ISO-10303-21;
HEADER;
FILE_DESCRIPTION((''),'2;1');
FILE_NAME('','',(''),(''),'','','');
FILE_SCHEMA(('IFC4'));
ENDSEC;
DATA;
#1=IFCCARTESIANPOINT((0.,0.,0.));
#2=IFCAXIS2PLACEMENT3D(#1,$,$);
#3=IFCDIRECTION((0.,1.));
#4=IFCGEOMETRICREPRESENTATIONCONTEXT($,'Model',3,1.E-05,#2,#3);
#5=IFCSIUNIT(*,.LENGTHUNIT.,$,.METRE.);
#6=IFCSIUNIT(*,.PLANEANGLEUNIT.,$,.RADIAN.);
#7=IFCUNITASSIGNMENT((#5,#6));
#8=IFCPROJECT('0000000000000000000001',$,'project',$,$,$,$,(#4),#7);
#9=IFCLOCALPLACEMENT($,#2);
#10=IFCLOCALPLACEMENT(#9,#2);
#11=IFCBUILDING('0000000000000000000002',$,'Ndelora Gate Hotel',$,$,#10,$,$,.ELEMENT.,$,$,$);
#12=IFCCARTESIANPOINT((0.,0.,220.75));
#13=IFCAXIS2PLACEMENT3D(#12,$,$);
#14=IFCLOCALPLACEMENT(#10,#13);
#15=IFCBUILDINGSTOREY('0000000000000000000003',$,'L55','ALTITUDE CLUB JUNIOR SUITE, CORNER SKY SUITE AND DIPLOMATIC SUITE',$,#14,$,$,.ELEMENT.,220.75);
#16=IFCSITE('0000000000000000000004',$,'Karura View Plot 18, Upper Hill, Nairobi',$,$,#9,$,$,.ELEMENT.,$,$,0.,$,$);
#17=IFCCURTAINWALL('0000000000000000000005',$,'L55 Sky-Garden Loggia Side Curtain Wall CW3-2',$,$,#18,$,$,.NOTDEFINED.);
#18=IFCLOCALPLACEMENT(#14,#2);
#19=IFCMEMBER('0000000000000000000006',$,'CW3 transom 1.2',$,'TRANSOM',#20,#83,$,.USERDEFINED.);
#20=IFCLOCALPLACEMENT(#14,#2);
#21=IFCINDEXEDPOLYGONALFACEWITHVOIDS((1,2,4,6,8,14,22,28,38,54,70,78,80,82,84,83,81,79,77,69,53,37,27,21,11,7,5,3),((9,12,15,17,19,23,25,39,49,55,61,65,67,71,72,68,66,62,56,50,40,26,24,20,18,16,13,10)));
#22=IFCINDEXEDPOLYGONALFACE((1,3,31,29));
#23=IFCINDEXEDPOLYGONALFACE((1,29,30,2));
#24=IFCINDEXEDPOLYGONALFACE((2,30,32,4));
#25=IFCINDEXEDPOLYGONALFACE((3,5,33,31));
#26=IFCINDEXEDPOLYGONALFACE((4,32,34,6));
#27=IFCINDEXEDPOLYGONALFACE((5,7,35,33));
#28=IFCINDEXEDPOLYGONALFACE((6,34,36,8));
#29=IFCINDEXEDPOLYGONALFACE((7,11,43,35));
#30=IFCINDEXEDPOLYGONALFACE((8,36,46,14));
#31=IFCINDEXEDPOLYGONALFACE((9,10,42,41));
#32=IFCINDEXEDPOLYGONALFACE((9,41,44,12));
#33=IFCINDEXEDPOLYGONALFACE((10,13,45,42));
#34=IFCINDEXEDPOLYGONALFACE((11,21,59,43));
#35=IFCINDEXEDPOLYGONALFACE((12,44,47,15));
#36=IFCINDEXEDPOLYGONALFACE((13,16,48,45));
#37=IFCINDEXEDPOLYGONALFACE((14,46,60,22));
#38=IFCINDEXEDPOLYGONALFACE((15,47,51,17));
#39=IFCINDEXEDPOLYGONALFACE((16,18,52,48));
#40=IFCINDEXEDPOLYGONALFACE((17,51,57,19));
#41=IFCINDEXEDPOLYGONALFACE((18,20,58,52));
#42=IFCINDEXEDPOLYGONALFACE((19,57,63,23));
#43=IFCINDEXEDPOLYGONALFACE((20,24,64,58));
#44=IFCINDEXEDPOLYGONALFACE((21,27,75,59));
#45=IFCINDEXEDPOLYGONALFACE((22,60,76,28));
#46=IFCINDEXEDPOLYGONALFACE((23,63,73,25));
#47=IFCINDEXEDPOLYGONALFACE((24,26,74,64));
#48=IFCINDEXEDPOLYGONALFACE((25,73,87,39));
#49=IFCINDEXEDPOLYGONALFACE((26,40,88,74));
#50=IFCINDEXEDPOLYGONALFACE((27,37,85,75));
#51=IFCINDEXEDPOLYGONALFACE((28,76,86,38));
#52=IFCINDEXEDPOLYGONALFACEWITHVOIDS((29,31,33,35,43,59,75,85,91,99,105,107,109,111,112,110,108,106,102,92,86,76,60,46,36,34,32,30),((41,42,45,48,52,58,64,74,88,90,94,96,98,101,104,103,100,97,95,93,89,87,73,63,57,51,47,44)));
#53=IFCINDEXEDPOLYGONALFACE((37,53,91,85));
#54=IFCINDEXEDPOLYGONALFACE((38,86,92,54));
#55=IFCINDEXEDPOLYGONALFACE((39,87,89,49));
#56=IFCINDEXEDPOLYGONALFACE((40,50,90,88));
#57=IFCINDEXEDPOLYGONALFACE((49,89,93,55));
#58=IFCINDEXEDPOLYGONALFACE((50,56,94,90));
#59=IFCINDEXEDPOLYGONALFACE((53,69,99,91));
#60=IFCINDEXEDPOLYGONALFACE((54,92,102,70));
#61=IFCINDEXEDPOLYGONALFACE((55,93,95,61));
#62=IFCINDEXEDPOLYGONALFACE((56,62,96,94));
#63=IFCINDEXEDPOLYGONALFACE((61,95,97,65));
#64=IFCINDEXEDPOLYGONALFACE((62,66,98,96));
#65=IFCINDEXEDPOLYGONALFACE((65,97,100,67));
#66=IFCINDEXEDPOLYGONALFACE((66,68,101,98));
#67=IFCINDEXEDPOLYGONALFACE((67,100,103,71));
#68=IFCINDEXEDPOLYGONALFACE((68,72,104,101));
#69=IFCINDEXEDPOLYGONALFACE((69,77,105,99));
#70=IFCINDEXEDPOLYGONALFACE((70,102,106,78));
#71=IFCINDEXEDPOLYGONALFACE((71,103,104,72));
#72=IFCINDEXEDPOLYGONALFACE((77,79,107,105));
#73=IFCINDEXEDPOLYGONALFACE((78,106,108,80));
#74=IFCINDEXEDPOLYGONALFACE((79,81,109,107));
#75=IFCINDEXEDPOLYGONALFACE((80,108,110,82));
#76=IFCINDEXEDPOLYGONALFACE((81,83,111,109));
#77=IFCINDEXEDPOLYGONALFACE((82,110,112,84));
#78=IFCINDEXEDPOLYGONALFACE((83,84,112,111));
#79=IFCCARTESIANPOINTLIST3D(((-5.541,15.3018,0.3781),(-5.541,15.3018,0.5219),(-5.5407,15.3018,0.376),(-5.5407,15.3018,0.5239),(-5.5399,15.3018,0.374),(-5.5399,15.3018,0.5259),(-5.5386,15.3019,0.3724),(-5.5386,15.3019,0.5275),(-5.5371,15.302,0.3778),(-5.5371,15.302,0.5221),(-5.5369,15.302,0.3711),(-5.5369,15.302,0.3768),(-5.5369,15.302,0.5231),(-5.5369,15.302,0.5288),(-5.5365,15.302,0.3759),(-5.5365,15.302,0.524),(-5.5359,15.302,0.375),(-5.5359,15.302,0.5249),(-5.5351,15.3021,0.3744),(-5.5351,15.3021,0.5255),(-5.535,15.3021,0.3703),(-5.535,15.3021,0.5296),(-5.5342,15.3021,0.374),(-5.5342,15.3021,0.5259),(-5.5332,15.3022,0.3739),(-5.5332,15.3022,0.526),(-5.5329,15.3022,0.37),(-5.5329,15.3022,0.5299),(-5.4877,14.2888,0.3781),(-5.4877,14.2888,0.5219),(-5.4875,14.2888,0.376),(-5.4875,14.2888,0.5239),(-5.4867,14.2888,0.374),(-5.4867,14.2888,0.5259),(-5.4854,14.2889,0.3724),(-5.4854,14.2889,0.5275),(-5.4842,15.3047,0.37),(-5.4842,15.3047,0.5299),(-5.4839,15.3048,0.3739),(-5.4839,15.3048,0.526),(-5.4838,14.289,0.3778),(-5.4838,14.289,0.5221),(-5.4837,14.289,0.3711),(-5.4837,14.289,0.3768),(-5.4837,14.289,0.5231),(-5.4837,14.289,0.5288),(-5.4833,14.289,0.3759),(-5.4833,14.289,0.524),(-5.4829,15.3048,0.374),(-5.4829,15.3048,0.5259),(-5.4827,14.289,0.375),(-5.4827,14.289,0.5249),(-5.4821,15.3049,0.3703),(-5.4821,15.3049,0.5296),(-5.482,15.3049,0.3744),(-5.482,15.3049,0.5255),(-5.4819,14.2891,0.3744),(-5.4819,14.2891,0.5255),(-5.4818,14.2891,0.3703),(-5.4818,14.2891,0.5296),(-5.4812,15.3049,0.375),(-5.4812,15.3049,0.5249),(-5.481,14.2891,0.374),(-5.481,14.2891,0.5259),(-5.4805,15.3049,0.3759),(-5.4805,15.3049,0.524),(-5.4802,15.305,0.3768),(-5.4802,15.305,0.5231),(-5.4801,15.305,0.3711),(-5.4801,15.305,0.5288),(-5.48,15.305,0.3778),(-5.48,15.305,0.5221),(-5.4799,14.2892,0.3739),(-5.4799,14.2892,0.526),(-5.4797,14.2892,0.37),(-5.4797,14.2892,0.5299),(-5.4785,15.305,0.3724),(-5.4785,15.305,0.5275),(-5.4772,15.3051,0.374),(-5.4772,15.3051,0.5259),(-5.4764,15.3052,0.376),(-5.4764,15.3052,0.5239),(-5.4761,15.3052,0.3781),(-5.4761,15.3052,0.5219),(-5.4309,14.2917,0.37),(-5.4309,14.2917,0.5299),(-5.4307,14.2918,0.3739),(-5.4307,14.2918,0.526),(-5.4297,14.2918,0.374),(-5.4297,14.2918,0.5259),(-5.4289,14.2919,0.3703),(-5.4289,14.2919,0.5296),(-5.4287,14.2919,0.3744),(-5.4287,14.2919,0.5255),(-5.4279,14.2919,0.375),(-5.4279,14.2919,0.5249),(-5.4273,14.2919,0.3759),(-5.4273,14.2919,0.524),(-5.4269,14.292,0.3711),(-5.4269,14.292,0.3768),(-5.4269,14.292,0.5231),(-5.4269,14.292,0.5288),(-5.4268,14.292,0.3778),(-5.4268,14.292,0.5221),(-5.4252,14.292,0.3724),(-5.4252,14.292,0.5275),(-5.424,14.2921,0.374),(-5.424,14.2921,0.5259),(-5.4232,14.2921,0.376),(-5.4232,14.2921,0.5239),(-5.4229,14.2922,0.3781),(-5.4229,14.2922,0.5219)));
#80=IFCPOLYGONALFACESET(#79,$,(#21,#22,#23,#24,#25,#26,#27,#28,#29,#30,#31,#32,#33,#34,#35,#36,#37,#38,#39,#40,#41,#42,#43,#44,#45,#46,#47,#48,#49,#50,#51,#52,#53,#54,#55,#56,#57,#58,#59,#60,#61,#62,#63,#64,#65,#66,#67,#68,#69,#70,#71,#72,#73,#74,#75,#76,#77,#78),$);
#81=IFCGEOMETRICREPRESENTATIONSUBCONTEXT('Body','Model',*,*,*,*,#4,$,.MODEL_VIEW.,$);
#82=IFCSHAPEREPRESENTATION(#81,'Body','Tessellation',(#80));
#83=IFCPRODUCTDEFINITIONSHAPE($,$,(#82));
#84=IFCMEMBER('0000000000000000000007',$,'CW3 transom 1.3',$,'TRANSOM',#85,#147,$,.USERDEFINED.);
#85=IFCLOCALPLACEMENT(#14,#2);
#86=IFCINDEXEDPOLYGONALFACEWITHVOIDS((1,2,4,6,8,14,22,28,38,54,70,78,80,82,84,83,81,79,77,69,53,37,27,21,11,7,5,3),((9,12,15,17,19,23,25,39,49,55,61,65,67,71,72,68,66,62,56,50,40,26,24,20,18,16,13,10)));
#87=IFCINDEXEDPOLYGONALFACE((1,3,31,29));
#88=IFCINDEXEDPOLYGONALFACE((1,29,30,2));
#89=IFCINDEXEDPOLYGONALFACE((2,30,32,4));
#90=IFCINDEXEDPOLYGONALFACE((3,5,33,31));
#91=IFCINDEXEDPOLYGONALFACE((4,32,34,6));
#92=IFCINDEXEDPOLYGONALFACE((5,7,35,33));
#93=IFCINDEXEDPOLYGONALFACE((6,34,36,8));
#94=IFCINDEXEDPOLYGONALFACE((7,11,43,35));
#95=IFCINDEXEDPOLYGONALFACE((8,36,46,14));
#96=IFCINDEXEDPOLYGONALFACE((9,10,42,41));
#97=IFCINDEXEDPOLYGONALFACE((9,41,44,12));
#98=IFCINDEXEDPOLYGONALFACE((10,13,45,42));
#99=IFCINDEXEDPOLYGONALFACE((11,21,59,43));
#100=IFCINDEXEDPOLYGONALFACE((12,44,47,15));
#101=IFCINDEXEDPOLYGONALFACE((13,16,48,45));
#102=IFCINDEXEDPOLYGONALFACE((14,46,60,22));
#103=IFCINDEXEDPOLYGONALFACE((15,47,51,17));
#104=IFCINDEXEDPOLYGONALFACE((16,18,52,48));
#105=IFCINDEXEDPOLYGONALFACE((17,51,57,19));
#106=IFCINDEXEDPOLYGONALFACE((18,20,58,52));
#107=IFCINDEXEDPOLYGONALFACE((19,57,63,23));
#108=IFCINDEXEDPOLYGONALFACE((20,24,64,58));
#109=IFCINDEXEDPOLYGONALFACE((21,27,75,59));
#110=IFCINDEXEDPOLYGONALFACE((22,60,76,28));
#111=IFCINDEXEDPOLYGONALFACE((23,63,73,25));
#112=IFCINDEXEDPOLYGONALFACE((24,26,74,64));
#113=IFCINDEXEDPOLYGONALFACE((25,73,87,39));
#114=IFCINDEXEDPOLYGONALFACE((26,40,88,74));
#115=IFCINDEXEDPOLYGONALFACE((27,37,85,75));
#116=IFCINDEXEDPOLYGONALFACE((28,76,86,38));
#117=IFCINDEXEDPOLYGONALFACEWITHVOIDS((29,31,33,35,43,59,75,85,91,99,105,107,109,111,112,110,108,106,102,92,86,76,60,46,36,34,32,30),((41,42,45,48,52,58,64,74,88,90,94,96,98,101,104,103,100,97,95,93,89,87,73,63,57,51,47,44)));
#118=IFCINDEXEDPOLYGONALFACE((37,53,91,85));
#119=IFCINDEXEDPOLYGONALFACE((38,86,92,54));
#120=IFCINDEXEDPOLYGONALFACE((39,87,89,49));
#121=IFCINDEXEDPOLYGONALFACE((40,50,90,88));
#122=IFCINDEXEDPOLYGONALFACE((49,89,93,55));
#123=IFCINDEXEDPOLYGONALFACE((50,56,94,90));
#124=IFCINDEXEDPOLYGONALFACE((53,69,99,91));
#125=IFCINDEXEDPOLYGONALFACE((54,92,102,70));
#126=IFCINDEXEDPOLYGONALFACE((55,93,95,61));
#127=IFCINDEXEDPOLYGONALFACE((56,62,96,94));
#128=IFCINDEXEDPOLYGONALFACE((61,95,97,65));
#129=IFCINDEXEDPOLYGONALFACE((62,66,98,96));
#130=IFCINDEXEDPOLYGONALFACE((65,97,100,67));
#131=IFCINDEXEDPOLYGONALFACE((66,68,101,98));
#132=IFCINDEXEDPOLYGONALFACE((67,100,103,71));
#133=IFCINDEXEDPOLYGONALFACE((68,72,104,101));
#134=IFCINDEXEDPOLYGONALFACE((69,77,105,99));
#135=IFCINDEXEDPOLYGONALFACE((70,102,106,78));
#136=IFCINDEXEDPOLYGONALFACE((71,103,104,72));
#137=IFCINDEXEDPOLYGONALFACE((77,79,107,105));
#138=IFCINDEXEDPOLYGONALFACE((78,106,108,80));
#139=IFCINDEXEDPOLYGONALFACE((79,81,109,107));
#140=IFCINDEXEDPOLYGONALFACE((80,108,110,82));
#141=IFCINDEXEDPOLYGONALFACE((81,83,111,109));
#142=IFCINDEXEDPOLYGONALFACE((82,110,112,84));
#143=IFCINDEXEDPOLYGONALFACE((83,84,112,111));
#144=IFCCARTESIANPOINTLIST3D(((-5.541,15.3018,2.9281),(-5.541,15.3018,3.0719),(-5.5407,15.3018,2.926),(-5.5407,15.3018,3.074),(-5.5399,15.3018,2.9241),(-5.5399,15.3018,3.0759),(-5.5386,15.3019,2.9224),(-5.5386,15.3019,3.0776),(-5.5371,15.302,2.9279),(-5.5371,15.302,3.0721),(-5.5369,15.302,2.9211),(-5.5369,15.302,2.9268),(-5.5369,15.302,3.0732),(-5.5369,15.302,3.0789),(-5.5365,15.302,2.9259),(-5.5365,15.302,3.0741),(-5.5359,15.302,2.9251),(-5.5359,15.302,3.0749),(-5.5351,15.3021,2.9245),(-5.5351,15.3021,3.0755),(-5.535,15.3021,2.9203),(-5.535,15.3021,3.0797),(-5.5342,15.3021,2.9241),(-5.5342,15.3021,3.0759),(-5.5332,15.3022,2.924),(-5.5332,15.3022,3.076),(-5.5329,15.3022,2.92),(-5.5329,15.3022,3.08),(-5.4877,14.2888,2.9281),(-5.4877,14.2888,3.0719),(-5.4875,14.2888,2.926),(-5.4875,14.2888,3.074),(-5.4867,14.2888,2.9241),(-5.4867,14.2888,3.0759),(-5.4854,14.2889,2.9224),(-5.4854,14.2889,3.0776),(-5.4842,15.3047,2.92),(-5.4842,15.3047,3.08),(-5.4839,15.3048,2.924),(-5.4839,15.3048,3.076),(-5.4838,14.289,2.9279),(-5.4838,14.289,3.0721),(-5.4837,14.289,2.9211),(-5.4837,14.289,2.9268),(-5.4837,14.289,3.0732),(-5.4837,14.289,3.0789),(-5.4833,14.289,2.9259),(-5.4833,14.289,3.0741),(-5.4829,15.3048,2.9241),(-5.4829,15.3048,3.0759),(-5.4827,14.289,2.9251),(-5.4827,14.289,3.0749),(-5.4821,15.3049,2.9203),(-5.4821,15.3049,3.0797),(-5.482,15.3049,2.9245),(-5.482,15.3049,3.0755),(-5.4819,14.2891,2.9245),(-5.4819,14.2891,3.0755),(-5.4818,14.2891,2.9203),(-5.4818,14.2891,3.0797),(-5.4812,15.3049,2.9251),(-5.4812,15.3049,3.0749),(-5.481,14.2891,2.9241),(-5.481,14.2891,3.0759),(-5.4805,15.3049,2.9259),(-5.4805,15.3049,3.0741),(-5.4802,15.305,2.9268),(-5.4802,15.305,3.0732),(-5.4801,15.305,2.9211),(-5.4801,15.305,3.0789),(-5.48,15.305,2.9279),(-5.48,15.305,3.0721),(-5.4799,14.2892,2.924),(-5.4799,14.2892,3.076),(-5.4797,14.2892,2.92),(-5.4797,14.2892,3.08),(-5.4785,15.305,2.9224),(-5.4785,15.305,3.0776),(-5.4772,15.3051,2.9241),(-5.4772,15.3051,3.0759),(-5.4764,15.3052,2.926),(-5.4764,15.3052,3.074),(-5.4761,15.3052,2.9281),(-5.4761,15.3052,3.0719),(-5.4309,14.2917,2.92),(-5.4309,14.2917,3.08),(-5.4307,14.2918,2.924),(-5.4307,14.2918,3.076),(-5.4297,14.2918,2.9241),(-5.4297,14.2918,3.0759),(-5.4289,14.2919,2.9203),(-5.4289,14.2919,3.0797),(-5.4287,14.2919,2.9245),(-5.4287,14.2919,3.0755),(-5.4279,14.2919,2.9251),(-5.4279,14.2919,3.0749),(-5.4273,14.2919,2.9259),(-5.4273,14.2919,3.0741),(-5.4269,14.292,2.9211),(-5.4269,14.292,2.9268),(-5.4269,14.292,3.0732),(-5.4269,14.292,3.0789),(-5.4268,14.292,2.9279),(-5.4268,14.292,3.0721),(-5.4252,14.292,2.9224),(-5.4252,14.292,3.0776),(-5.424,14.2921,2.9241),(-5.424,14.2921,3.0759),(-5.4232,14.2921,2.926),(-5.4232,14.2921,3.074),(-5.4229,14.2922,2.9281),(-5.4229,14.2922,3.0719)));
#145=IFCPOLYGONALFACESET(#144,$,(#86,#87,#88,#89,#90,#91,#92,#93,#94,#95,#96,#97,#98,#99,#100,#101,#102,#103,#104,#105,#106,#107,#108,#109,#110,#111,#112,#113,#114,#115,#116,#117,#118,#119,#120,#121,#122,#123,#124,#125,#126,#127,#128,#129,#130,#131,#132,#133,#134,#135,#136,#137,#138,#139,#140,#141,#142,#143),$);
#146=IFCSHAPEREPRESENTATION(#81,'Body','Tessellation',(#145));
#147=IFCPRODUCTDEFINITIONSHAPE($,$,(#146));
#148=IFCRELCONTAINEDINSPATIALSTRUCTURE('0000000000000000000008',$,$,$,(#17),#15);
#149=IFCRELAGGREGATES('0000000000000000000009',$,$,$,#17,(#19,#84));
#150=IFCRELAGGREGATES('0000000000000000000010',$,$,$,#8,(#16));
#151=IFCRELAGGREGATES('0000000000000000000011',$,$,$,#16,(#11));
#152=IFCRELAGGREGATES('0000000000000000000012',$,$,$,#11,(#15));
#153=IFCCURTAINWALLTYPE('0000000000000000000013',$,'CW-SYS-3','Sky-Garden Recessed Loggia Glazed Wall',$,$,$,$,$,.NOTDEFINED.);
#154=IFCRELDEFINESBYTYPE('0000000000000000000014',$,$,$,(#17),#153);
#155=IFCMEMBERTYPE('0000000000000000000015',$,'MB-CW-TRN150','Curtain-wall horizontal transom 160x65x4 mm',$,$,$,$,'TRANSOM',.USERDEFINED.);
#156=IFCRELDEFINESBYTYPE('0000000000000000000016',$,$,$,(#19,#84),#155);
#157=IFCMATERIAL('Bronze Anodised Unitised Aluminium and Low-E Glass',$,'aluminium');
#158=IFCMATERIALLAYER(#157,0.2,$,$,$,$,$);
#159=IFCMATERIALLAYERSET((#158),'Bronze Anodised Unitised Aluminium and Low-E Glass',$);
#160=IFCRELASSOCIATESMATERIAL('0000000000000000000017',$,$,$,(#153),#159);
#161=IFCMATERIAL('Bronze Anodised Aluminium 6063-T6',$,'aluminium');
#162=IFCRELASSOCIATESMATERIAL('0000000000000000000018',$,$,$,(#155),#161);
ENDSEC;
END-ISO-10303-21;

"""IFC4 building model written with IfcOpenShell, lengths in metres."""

from ifc_helpers import new_model, si_unit, direction, frame, origin, origin_2d, place, context, subcontext, project, spatial, hollow_rectangle, extrude, material, layer, layer_set, material_profile, profile_set, type_object, element, aggregate, save


model = new_model("IFC4")

# Units and contexts
model_context = context("Model", 3, precision=1e-05, world=origin(), true_north=direction((0.0, 1.0)))
body_context = subcontext(model_context, "Body", "Model", "MODEL_VIEW")
ifc_project = project(units=[si_unit("LENGTHUNIT", "METRE"), si_unit("PLANEANGLEUNIT", "RADIAN")], contexts=[model_context])

# Site, building, storey
site_placement = place(None, origin())
site = spatial("IfcSite", under=ifc_project, at=site_placement, Name="Karura View Plot 18, Upper Hill, Nairobi", CompositionType="ELEMENT", RefElevation=0.0)
building_placement = place(site_placement, origin())
building = spatial("IfcBuilding", under=site, at=building_placement, Name="Ndelora Gate Hotel", CompositionType="ELEMENT")
storey_placement = place(building_placement, frame((0.0, 0.0, 220.75)))
storey = spatial("IfcBuildingStorey", under=building, at=storey_placement, Name="L55", Description="ALTITUDE CLUB JUNIOR SUITE, CORNER SKY SUITE AND DIPLOMATIC SUITE", CompositionType="ELEMENT", Elevation=220.75)

# Curtain wall, members
ifc_material_1 = material(Name="Bronze Anodised Unitised Aluminium and Low-E Glass", Category="aluminium")
ifc_layer_1 = layer(ifc_material_1, 0.2)
ifc_layer_set_1 = layer_set([ifc_layer_1], Name="Bronze Anodised Unitised Aluminium and Low-E Glass")
curtain_wall_type = type_object("IfcCurtainWallType", Name="CW-SYS-3", Description="Sky-Garden Recessed Loggia Glazed Wall", PredefinedType="NOTDEFINED", material=ifc_layer_set_1)
curtain_wall_placement = place(storey_placement, origin())
curtain_wall = element("IfcCurtainWall", 1, at=curtain_wall_placement, inside=storey, type_object=curtain_wall_type, Name="L55 Sky-Garden Loggia Side Curtain Wall CW3-2", PredefinedType="NOTDEFINED")
ifc_material_2 = material(Name="Bronze Anodised Aluminium 6063-T6", Category="aluminium")
ifc_material_profile_1 = material_profile(ifc_material_2, hollow_rectangle(XDim=0.0649, YDim=0.1599, WallThickness=0.0039, InnerFilletRadius=0.0039, OuterFilletRadius=0.0081, at=origin_2d()), Name="ALU 160x65x4")
ifc_profile_set_1 = profile_set([ifc_material_profile_1], Name="Bronze Anodised Aluminium 6063-T6")
member_type_1 = type_object("IfcMemberType", Name="MB-CW-TRN150", Description="Curtain-wall horizontal transom 160x65x4 mm", ElementType="TRANSOM", PredefinedType="USERDEFINED", material=ifc_profile_set_1)
member_1_placement = place(storey_placement, frame((-5.5085, 15.3035, 0.45), z_axis=(0.05247, -0.998622, 0.0), x_axis=(0.998622, 0.05247, 0.0)))
member_1 = element("IfcMember", 2, at=member_1_placement, type_object=member_type_1, Name="CW3 transom 1.2", ObjectType="TRANSOM", PredefinedType="USERDEFINED", context=body_context, shape_type="SweptSolid", body=[
    extrude(hollow_rectangle(XDim=0.0649, YDim=0.1599, WallThickness=0.0039, InnerFilletRadius=0.0039, OuterFilletRadius=0.0081, at=origin_2d()), origin(), (0.0, 0.0, 1.0), 1.0144),
])
member_2_placement = place(storey_placement, frame((-5.5085, 15.3035, 3.0), z_axis=(0.05247, -0.998622, 0.0), x_axis=(0.998622, 0.05247, 0.0)))
member_2 = element("IfcMember", 3, at=member_2_placement, type_object=member_type_1, Name="CW3 transom 1.3", ObjectType="TRANSOM", PredefinedType="USERDEFINED", context=body_context, shape_type="SweptSolid", body=[
    extrude(hollow_rectangle(XDim=0.0649, YDim=0.1599, WallThickness=0.0039, InnerFilletRadius=0.0039, OuterFilletRadius=0.0081, at=origin_2d()), origin(), (0.0, 0.0, 1.0), 1.0144),
])
aggregate(curtain_wall, [member_1, member_2])

save(model, "model.ifc")
